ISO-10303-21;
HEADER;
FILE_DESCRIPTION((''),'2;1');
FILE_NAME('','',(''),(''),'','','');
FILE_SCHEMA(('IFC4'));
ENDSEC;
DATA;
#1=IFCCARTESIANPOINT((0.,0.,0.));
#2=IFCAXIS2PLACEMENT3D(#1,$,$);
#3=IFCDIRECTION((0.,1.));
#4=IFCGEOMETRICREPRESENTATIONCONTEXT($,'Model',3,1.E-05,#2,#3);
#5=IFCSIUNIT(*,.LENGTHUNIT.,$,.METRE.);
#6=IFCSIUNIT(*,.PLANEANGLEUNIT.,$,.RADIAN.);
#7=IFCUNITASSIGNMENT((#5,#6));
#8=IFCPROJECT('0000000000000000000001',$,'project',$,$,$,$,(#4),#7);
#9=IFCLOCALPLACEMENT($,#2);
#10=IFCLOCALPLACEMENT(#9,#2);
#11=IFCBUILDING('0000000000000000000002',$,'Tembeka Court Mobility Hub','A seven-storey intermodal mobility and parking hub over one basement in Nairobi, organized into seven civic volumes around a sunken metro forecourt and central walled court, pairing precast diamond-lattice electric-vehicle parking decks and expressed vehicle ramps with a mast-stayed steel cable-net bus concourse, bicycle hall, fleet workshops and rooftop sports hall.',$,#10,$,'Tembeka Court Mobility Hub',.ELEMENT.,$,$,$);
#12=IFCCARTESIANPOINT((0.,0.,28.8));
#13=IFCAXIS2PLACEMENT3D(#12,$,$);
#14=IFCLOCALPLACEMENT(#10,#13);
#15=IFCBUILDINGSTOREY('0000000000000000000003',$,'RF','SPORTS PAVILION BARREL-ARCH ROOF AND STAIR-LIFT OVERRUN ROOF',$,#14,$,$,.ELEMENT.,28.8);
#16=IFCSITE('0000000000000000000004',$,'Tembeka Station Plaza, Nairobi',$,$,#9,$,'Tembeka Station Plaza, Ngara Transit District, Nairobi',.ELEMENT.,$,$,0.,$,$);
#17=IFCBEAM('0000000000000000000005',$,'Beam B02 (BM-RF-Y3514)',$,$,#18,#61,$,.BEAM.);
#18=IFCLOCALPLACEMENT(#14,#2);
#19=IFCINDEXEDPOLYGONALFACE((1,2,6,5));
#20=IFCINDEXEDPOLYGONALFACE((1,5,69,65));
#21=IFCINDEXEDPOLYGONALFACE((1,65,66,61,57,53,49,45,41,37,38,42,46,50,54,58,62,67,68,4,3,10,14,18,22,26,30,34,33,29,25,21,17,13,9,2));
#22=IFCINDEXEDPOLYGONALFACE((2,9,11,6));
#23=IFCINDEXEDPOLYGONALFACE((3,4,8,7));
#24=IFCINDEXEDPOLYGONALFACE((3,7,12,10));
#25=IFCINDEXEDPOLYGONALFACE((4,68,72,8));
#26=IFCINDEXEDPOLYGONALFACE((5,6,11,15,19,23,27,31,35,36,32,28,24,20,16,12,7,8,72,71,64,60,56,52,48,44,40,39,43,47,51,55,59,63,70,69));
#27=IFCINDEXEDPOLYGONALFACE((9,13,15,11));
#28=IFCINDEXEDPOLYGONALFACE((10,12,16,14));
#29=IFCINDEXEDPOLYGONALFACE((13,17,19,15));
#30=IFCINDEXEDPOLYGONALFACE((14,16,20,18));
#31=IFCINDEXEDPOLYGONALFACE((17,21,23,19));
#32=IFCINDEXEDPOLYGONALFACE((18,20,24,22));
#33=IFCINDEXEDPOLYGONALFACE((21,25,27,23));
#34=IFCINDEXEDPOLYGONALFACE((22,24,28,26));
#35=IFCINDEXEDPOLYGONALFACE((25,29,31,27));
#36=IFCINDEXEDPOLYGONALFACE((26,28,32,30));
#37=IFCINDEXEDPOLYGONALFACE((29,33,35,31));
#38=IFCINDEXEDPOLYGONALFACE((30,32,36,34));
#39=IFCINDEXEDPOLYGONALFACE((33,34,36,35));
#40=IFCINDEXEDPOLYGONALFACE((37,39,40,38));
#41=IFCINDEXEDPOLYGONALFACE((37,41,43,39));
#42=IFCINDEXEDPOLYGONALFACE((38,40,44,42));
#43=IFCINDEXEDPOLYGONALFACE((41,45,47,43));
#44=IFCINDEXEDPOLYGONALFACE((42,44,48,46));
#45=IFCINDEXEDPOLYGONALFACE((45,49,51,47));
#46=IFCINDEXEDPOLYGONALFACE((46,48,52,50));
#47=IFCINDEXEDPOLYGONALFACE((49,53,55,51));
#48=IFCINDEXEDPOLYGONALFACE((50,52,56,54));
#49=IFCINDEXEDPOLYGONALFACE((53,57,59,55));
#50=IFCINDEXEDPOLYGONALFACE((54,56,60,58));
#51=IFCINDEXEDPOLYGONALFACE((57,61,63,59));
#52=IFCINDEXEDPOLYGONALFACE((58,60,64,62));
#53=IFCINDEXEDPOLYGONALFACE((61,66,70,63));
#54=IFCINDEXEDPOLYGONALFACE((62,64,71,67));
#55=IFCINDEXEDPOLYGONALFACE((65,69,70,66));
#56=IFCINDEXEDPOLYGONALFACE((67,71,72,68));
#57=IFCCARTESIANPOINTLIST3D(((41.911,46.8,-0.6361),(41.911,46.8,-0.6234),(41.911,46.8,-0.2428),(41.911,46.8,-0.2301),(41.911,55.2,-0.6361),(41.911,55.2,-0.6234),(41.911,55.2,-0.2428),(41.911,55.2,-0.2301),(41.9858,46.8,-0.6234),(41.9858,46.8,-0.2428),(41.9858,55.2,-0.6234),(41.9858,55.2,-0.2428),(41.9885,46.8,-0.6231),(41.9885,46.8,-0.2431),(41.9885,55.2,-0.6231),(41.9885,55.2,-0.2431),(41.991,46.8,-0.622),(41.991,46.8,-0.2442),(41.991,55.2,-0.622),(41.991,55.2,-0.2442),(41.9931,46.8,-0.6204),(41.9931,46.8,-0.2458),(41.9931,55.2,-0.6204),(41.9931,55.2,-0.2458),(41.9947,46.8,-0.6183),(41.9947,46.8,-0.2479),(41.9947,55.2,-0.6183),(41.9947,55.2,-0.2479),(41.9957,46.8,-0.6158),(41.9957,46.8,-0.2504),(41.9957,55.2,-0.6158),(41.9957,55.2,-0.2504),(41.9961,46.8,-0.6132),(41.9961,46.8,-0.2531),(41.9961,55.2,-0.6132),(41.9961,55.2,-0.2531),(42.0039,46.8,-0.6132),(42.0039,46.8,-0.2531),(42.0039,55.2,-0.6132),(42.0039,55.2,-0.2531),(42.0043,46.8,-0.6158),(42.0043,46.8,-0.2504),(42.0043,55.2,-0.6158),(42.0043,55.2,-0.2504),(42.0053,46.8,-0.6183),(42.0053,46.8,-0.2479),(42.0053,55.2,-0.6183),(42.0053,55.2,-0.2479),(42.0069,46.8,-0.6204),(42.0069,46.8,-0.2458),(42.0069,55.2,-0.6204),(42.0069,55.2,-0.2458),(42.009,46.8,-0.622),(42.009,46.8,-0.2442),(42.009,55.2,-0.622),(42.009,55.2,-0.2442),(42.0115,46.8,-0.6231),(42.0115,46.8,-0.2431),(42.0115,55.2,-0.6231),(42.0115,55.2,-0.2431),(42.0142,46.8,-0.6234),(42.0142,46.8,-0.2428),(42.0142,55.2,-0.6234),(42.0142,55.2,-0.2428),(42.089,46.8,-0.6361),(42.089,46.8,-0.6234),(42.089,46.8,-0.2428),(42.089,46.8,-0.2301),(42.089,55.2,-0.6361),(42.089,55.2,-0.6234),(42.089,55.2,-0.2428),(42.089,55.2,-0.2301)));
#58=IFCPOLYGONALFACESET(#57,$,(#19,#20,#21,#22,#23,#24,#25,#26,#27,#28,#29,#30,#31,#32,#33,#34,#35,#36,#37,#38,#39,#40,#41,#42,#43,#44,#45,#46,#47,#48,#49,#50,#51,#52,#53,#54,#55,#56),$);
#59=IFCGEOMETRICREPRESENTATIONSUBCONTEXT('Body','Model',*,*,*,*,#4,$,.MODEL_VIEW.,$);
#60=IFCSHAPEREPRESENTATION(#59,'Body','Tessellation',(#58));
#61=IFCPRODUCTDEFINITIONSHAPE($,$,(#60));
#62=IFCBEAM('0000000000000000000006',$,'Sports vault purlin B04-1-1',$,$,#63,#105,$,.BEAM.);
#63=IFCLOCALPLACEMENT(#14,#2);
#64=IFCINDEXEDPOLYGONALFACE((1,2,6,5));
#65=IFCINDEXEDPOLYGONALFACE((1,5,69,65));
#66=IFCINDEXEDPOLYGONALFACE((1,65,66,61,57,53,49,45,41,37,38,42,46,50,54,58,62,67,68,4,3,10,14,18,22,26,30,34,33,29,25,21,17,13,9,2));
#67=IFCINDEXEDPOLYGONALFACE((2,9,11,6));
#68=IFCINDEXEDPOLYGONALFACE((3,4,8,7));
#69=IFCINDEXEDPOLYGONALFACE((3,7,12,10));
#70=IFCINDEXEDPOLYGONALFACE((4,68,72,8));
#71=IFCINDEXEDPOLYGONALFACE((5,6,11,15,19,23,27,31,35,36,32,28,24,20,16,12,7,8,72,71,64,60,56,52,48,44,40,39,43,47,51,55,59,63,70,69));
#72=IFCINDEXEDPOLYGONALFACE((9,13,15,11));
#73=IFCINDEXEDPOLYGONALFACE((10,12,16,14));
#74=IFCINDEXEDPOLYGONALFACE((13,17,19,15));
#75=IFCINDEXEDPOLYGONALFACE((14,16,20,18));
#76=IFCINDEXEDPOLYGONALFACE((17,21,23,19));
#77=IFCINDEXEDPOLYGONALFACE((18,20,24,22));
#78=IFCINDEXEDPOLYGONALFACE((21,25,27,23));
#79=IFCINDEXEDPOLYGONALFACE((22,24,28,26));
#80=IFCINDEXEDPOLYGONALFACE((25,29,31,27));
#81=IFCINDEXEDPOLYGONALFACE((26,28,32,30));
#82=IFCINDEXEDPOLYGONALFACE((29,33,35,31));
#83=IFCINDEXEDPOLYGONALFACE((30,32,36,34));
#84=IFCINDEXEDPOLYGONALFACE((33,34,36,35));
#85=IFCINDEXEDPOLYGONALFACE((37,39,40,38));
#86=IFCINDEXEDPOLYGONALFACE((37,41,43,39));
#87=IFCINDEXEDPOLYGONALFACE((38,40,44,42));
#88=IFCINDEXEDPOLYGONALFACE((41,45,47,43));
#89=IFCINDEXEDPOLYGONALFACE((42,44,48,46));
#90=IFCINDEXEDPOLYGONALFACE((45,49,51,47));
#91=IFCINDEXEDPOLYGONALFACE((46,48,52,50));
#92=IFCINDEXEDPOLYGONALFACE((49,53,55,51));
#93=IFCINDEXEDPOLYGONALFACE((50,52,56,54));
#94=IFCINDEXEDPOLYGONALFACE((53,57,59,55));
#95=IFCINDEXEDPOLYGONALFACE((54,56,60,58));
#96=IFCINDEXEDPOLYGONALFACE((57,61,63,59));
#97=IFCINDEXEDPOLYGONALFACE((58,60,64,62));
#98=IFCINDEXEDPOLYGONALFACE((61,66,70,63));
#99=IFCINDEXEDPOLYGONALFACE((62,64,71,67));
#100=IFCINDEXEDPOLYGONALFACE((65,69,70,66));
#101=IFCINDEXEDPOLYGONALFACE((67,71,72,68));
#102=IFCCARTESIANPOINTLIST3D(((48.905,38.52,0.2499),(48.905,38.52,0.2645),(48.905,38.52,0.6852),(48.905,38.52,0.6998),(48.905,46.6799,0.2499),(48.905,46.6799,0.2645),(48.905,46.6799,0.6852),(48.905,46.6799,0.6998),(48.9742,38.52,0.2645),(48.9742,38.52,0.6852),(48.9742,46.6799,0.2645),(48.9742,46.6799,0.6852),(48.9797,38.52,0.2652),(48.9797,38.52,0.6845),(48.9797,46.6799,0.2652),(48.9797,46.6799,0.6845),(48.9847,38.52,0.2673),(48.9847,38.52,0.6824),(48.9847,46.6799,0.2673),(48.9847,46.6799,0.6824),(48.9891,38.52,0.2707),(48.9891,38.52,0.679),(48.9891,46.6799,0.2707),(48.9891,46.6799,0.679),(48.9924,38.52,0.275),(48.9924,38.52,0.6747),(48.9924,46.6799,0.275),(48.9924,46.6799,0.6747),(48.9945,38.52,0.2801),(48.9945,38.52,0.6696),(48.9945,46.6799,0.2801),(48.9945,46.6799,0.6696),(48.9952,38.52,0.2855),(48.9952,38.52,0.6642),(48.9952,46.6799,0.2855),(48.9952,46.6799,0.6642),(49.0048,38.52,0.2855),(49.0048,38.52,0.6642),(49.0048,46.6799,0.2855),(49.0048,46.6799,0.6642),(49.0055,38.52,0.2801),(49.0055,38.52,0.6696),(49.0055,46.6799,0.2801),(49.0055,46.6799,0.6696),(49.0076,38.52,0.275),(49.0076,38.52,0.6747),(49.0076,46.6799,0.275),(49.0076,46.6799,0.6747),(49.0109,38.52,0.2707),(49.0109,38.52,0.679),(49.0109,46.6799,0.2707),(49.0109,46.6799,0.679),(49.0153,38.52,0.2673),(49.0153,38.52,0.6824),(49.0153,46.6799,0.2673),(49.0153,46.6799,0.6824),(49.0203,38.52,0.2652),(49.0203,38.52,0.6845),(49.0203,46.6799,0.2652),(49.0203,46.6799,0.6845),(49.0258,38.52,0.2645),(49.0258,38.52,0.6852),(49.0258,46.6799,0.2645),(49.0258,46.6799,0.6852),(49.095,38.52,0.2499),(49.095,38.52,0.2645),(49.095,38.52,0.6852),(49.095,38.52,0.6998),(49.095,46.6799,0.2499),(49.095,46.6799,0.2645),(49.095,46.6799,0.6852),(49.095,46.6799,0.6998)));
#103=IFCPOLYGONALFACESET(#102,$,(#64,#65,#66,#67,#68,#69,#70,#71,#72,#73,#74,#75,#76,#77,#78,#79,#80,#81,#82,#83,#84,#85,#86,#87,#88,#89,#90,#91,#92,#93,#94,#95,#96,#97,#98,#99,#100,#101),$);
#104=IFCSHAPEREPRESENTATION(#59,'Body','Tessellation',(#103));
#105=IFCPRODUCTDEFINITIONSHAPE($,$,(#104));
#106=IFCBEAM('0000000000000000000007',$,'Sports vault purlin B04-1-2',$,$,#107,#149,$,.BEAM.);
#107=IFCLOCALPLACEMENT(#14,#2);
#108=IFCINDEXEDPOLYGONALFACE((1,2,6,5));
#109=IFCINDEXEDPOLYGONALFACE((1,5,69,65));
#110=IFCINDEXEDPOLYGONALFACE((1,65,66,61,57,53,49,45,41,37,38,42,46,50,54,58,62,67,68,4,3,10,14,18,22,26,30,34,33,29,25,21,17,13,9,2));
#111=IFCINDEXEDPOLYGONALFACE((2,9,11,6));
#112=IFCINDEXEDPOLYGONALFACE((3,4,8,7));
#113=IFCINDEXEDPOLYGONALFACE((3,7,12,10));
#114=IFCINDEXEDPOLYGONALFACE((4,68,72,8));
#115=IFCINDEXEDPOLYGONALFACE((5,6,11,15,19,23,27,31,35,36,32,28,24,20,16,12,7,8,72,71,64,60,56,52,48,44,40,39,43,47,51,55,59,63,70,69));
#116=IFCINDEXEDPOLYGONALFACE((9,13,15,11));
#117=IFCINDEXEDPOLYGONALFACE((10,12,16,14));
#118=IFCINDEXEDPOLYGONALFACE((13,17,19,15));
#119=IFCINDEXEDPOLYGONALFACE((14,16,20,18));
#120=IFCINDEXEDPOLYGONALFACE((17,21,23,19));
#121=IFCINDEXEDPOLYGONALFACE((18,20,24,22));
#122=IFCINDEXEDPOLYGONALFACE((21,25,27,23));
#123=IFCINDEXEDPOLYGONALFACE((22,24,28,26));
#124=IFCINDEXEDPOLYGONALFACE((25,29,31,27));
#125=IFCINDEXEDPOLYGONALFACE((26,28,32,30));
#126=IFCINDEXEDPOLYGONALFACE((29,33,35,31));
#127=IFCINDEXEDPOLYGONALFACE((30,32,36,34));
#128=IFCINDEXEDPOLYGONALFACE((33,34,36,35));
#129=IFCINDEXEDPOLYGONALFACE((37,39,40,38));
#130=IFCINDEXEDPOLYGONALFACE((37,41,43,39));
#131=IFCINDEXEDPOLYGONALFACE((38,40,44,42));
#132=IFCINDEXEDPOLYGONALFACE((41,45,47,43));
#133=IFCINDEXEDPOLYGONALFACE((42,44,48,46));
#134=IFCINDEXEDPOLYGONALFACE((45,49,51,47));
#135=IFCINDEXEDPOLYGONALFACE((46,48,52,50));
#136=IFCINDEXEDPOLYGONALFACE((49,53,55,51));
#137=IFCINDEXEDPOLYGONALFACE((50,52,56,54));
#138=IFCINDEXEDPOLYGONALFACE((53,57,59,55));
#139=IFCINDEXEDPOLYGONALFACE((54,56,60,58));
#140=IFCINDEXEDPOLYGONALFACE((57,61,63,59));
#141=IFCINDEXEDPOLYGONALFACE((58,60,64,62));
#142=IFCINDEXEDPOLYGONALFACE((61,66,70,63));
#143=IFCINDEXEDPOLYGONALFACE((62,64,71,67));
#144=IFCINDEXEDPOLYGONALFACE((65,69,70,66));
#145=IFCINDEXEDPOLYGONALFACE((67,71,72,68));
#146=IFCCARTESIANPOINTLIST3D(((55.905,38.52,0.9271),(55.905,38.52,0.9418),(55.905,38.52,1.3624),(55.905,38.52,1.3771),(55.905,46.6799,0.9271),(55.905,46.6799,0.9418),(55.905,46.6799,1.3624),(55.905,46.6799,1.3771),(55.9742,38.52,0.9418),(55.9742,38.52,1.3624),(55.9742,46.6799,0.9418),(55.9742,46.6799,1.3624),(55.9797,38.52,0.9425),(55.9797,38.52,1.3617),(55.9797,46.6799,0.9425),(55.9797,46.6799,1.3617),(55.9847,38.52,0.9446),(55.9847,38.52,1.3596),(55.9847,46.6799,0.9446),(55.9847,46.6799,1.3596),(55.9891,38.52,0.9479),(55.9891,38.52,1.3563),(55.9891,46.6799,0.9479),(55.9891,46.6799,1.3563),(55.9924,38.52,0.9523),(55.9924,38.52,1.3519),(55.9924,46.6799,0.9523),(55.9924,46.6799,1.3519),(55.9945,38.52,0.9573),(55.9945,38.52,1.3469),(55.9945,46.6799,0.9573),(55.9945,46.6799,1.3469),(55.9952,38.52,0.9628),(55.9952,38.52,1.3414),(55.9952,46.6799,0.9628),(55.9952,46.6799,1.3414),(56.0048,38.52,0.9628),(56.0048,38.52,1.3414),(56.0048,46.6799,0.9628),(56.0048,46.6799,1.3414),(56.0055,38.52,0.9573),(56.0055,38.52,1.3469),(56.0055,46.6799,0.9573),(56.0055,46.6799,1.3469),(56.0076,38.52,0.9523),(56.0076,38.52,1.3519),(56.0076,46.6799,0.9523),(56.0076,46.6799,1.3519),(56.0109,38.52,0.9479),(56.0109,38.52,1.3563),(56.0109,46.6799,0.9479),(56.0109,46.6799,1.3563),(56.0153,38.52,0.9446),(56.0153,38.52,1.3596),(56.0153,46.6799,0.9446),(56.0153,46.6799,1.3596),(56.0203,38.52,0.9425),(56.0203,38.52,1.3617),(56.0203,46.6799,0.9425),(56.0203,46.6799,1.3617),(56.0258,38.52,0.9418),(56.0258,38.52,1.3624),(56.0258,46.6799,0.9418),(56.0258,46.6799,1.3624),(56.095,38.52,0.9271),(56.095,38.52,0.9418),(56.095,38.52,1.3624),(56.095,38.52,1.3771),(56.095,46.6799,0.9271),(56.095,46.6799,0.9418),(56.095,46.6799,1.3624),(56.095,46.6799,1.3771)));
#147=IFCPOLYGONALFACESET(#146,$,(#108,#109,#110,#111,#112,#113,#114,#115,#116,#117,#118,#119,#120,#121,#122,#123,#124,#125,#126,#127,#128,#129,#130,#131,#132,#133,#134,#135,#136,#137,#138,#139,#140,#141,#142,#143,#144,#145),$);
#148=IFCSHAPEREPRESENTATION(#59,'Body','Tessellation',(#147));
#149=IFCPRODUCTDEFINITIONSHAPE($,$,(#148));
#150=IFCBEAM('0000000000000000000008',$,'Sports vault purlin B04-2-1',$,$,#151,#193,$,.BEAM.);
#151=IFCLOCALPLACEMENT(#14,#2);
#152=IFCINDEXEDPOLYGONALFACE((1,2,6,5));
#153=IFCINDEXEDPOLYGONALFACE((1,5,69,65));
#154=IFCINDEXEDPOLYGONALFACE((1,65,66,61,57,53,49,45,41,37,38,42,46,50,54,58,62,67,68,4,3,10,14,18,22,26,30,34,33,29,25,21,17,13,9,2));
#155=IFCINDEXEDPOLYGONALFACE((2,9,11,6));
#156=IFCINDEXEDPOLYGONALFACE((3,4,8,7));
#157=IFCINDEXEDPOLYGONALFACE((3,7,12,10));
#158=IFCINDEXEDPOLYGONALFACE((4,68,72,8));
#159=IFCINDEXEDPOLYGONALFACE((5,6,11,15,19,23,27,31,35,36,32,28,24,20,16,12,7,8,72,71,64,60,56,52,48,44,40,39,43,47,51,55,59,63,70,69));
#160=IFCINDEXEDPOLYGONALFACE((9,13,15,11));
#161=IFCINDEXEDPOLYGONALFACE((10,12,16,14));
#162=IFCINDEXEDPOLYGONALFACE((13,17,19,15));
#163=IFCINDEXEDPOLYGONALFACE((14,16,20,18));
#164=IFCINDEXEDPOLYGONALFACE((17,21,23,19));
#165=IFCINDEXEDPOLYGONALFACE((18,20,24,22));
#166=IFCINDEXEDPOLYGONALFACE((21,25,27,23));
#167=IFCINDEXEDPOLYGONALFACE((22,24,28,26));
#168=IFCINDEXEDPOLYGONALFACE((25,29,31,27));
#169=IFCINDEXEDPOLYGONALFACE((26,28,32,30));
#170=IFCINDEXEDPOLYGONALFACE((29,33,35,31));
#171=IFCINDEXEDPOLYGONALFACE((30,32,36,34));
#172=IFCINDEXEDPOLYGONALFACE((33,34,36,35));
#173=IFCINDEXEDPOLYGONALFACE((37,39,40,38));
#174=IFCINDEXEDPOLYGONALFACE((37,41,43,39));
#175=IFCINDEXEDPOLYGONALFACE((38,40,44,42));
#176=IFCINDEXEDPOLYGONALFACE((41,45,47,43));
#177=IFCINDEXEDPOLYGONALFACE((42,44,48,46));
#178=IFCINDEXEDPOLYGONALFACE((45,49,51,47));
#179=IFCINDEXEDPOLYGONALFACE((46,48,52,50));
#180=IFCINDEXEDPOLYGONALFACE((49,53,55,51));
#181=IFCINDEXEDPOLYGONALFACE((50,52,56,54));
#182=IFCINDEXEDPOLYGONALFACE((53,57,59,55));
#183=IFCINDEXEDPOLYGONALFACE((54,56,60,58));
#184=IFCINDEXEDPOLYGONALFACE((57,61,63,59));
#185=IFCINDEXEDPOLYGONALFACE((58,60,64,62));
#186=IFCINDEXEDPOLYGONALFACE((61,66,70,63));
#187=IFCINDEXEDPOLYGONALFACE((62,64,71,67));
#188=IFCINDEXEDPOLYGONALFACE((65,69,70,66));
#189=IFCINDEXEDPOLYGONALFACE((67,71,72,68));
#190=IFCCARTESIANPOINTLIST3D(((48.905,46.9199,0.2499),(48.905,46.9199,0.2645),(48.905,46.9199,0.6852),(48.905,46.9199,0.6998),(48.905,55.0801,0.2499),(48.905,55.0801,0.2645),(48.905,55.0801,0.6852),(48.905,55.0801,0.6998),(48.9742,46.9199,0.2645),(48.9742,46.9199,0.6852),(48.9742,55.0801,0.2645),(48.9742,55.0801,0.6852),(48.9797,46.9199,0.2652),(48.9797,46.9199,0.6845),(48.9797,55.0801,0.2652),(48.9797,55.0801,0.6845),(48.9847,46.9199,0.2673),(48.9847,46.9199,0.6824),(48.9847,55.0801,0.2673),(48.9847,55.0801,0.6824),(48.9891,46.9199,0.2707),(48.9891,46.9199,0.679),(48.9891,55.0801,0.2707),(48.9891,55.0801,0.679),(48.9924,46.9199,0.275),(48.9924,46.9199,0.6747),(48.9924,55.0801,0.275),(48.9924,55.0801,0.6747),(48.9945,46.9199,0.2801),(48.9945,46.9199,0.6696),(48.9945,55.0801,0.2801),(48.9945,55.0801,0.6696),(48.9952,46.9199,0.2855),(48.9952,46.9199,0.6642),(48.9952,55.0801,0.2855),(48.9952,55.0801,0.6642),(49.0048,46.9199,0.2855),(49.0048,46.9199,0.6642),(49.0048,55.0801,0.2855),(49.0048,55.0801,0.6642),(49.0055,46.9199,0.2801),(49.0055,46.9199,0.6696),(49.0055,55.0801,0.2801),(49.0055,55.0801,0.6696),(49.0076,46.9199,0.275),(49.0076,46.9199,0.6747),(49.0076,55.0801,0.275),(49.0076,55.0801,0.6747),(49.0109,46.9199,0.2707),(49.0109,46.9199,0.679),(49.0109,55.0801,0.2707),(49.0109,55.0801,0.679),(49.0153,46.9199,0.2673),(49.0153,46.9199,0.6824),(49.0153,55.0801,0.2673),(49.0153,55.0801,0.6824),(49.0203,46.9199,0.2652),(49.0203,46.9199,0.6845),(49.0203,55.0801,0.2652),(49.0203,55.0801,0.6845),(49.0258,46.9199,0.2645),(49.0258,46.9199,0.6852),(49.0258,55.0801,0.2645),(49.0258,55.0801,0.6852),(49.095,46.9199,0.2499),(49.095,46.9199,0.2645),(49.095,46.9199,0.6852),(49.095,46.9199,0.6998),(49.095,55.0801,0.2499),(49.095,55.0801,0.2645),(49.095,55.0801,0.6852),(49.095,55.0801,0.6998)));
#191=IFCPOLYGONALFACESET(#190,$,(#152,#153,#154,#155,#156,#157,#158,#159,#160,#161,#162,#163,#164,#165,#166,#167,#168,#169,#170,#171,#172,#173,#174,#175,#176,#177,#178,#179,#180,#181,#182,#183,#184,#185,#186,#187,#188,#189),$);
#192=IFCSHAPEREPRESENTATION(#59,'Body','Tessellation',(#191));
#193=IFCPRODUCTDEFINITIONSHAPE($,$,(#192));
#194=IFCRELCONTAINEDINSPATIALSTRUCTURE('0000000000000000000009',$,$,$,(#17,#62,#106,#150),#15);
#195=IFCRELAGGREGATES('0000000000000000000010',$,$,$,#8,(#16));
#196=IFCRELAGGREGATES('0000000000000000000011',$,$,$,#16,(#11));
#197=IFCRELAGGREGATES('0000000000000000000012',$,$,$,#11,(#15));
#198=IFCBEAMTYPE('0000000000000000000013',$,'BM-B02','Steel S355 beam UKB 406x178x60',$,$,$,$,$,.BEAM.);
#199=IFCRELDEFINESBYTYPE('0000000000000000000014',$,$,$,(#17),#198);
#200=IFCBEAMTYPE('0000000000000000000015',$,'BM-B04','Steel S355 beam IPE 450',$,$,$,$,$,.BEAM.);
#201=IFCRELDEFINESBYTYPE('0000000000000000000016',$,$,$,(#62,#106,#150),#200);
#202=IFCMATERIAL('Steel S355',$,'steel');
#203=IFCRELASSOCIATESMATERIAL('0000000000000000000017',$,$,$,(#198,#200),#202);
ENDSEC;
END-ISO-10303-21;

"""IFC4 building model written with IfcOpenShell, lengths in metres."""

from ifc_helpers import new_model, si_unit, direction, frame, origin, origin_2d, place, context, subcontext, project, spatial, i_section, extrude, material, material_profile, profile_set, type_object, element, save


model = new_model("IFC4")

# Units and contexts
model_context = context("Model", 3, precision=1e-05, world=origin(), true_north=direction((0.0, 1.0)))
body_context = subcontext(model_context, "Body", "Model", "MODEL_VIEW")
ifc_project = project(units=[si_unit("LENGTHUNIT", "METRE"), si_unit("PLANEANGLEUNIT", "RADIAN")], contexts=[model_context])

# Site, building, storey
site_placement = place(None, origin())
site = spatial("IfcSite", under=ifc_project, at=site_placement, Name="Tembeka Station Plaza, Nairobi", LongName="Tembeka Station Plaza, Ngara Transit District, Nairobi", CompositionType="ELEMENT", RefElevation=0.0)
building_placement = place(site_placement, origin())
building = spatial("IfcBuilding", under=site, at=building_placement, Name="Tembeka Court Mobility Hub", Description="A seven-storey intermodal mobility and parking hub over one basement in Nairobi, organized into seven civic volumes around a sunken metro forecourt and central walled court, pairing precast diamond-lattice electric-vehicle parking decks and expressed vehicle ramps with a mast-stayed steel cable-net bus concourse, bicycle hall, fleet workshops and rooftop sports hall.", LongName="Tembeka Court Mobility Hub", CompositionType="ELEMENT")
storey_placement = place(building_placement, frame((0.0, 0.0, 28.8)))
storey = spatial("IfcBuildingStorey", under=building, at=storey_placement, Name="RF", Description="SPORTS PAVILION BARREL-ARCH ROOF AND STAIR-LIFT OVERRUN ROOF", CompositionType="ELEMENT", Elevation=28.8)

# Beams
ifc_material_1 = material(Name="Steel S355", Category="steel")
ifc_material_profile_1 = material_profile(ifc_material_1, i_section(OverallWidth=0.178, OverallDepth=0.406, WebThickness=0.0078, FlangeThickness=0.0127, FilletRadius=0.0103, at=origin_2d()), Name="UKB 406x178x60")
ifc_profile_set_1 = profile_set([ifc_material_profile_1], Name="Steel S355")
beam_type_1 = type_object("IfcBeamType", Name="BM-B02", Description="Steel S355 beam UKB 406x178x60", PredefinedType="BEAM", material=ifc_profile_set_1)
beam_1_placement = place(storey_placement, frame((42.0, 46.8, -0.4331), z_axis=(0.0, 1.0, 0.0), x_axis=(-1.0, 0.0, 0.0)))
element("IfcBeam", 1, at=beam_1_placement, inside=storey, type_object=beam_type_1, Name="Beam B02 (BM-RF-Y3514)", PredefinedType="BEAM", context=body_context, shape_type="SweptSolid", body=[
    extrude(i_section(OverallWidth=0.178, OverallDepth=0.406, WebThickness=0.0078, FlangeThickness=0.0127, FilletRadius=0.0103, at=origin_2d()), origin(), (0.0, 0.0, 1.0), 8.3999),
])
ifc_material_profile_2 = material_profile(ifc_material_1, i_section(OverallWidth=0.1899, OverallDepth=0.45, WebThickness=0.0095, FlangeThickness=0.0146, FilletRadius=0.021, at=origin_2d()), Name="IPE 450")
ifc_profile_set_2 = profile_set([ifc_material_profile_2], Name="Steel S355")
beam_type_2 = type_object("IfcBeamType", Name="BM-B04", Description="Steel S355 beam IPE 450", PredefinedType="BEAM", material=ifc_profile_set_2)
for number, where, z_axis, x_axis, name in (
    (2, (49.0, 38.52, 0.4749), (0.0, 1.0, 0.0), (-1.0, 0.0, 0.0), "Sports vault purlin B04-1-1"),
    (3, (56.0, 38.52, 1.1521), (0.0, 1.0, 0.0), (-1.0, 0.0, 0.0), "Sports vault purlin B04-1-2"),
):
    element("IfcBeam", number, at=place(storey_placement, frame(where, z_axis=z_axis, x_axis=x_axis)), inside=storey, type_object=beam_type_2, Name=name, PredefinedType="BEAM", context=body_context, shape_type="SweptSolid", body=[
        extrude(i_section(OverallWidth=0.1899, OverallDepth=0.45, WebThickness=0.0095, FlangeThickness=0.0146, FilletRadius=0.021, at=origin_2d()), origin(), (0.0, 0.0, 1.0), 8.1599),
    ])
beam_2_placement = place(storey_placement, frame((49.0, 46.9199, 0.4749), z_axis=(0.0, 1.0, 0.0), x_axis=(-1.0, 0.0, 0.0)))
element("IfcBeam", 4, at=beam_2_placement, inside=storey, type_object=beam_type_2, Name="Sports vault purlin B04-2-1", PredefinedType="BEAM", context=body_context, shape_type="SweptSolid", body=[
    extrude(i_section(OverallWidth=0.1899, OverallDepth=0.45, WebThickness=0.0095, FlangeThickness=0.0146, FilletRadius=0.021, at=origin_2d()), origin(), (0.0, 0.0, 1.0), 8.1602),
])

save(model, "model.ifc")
